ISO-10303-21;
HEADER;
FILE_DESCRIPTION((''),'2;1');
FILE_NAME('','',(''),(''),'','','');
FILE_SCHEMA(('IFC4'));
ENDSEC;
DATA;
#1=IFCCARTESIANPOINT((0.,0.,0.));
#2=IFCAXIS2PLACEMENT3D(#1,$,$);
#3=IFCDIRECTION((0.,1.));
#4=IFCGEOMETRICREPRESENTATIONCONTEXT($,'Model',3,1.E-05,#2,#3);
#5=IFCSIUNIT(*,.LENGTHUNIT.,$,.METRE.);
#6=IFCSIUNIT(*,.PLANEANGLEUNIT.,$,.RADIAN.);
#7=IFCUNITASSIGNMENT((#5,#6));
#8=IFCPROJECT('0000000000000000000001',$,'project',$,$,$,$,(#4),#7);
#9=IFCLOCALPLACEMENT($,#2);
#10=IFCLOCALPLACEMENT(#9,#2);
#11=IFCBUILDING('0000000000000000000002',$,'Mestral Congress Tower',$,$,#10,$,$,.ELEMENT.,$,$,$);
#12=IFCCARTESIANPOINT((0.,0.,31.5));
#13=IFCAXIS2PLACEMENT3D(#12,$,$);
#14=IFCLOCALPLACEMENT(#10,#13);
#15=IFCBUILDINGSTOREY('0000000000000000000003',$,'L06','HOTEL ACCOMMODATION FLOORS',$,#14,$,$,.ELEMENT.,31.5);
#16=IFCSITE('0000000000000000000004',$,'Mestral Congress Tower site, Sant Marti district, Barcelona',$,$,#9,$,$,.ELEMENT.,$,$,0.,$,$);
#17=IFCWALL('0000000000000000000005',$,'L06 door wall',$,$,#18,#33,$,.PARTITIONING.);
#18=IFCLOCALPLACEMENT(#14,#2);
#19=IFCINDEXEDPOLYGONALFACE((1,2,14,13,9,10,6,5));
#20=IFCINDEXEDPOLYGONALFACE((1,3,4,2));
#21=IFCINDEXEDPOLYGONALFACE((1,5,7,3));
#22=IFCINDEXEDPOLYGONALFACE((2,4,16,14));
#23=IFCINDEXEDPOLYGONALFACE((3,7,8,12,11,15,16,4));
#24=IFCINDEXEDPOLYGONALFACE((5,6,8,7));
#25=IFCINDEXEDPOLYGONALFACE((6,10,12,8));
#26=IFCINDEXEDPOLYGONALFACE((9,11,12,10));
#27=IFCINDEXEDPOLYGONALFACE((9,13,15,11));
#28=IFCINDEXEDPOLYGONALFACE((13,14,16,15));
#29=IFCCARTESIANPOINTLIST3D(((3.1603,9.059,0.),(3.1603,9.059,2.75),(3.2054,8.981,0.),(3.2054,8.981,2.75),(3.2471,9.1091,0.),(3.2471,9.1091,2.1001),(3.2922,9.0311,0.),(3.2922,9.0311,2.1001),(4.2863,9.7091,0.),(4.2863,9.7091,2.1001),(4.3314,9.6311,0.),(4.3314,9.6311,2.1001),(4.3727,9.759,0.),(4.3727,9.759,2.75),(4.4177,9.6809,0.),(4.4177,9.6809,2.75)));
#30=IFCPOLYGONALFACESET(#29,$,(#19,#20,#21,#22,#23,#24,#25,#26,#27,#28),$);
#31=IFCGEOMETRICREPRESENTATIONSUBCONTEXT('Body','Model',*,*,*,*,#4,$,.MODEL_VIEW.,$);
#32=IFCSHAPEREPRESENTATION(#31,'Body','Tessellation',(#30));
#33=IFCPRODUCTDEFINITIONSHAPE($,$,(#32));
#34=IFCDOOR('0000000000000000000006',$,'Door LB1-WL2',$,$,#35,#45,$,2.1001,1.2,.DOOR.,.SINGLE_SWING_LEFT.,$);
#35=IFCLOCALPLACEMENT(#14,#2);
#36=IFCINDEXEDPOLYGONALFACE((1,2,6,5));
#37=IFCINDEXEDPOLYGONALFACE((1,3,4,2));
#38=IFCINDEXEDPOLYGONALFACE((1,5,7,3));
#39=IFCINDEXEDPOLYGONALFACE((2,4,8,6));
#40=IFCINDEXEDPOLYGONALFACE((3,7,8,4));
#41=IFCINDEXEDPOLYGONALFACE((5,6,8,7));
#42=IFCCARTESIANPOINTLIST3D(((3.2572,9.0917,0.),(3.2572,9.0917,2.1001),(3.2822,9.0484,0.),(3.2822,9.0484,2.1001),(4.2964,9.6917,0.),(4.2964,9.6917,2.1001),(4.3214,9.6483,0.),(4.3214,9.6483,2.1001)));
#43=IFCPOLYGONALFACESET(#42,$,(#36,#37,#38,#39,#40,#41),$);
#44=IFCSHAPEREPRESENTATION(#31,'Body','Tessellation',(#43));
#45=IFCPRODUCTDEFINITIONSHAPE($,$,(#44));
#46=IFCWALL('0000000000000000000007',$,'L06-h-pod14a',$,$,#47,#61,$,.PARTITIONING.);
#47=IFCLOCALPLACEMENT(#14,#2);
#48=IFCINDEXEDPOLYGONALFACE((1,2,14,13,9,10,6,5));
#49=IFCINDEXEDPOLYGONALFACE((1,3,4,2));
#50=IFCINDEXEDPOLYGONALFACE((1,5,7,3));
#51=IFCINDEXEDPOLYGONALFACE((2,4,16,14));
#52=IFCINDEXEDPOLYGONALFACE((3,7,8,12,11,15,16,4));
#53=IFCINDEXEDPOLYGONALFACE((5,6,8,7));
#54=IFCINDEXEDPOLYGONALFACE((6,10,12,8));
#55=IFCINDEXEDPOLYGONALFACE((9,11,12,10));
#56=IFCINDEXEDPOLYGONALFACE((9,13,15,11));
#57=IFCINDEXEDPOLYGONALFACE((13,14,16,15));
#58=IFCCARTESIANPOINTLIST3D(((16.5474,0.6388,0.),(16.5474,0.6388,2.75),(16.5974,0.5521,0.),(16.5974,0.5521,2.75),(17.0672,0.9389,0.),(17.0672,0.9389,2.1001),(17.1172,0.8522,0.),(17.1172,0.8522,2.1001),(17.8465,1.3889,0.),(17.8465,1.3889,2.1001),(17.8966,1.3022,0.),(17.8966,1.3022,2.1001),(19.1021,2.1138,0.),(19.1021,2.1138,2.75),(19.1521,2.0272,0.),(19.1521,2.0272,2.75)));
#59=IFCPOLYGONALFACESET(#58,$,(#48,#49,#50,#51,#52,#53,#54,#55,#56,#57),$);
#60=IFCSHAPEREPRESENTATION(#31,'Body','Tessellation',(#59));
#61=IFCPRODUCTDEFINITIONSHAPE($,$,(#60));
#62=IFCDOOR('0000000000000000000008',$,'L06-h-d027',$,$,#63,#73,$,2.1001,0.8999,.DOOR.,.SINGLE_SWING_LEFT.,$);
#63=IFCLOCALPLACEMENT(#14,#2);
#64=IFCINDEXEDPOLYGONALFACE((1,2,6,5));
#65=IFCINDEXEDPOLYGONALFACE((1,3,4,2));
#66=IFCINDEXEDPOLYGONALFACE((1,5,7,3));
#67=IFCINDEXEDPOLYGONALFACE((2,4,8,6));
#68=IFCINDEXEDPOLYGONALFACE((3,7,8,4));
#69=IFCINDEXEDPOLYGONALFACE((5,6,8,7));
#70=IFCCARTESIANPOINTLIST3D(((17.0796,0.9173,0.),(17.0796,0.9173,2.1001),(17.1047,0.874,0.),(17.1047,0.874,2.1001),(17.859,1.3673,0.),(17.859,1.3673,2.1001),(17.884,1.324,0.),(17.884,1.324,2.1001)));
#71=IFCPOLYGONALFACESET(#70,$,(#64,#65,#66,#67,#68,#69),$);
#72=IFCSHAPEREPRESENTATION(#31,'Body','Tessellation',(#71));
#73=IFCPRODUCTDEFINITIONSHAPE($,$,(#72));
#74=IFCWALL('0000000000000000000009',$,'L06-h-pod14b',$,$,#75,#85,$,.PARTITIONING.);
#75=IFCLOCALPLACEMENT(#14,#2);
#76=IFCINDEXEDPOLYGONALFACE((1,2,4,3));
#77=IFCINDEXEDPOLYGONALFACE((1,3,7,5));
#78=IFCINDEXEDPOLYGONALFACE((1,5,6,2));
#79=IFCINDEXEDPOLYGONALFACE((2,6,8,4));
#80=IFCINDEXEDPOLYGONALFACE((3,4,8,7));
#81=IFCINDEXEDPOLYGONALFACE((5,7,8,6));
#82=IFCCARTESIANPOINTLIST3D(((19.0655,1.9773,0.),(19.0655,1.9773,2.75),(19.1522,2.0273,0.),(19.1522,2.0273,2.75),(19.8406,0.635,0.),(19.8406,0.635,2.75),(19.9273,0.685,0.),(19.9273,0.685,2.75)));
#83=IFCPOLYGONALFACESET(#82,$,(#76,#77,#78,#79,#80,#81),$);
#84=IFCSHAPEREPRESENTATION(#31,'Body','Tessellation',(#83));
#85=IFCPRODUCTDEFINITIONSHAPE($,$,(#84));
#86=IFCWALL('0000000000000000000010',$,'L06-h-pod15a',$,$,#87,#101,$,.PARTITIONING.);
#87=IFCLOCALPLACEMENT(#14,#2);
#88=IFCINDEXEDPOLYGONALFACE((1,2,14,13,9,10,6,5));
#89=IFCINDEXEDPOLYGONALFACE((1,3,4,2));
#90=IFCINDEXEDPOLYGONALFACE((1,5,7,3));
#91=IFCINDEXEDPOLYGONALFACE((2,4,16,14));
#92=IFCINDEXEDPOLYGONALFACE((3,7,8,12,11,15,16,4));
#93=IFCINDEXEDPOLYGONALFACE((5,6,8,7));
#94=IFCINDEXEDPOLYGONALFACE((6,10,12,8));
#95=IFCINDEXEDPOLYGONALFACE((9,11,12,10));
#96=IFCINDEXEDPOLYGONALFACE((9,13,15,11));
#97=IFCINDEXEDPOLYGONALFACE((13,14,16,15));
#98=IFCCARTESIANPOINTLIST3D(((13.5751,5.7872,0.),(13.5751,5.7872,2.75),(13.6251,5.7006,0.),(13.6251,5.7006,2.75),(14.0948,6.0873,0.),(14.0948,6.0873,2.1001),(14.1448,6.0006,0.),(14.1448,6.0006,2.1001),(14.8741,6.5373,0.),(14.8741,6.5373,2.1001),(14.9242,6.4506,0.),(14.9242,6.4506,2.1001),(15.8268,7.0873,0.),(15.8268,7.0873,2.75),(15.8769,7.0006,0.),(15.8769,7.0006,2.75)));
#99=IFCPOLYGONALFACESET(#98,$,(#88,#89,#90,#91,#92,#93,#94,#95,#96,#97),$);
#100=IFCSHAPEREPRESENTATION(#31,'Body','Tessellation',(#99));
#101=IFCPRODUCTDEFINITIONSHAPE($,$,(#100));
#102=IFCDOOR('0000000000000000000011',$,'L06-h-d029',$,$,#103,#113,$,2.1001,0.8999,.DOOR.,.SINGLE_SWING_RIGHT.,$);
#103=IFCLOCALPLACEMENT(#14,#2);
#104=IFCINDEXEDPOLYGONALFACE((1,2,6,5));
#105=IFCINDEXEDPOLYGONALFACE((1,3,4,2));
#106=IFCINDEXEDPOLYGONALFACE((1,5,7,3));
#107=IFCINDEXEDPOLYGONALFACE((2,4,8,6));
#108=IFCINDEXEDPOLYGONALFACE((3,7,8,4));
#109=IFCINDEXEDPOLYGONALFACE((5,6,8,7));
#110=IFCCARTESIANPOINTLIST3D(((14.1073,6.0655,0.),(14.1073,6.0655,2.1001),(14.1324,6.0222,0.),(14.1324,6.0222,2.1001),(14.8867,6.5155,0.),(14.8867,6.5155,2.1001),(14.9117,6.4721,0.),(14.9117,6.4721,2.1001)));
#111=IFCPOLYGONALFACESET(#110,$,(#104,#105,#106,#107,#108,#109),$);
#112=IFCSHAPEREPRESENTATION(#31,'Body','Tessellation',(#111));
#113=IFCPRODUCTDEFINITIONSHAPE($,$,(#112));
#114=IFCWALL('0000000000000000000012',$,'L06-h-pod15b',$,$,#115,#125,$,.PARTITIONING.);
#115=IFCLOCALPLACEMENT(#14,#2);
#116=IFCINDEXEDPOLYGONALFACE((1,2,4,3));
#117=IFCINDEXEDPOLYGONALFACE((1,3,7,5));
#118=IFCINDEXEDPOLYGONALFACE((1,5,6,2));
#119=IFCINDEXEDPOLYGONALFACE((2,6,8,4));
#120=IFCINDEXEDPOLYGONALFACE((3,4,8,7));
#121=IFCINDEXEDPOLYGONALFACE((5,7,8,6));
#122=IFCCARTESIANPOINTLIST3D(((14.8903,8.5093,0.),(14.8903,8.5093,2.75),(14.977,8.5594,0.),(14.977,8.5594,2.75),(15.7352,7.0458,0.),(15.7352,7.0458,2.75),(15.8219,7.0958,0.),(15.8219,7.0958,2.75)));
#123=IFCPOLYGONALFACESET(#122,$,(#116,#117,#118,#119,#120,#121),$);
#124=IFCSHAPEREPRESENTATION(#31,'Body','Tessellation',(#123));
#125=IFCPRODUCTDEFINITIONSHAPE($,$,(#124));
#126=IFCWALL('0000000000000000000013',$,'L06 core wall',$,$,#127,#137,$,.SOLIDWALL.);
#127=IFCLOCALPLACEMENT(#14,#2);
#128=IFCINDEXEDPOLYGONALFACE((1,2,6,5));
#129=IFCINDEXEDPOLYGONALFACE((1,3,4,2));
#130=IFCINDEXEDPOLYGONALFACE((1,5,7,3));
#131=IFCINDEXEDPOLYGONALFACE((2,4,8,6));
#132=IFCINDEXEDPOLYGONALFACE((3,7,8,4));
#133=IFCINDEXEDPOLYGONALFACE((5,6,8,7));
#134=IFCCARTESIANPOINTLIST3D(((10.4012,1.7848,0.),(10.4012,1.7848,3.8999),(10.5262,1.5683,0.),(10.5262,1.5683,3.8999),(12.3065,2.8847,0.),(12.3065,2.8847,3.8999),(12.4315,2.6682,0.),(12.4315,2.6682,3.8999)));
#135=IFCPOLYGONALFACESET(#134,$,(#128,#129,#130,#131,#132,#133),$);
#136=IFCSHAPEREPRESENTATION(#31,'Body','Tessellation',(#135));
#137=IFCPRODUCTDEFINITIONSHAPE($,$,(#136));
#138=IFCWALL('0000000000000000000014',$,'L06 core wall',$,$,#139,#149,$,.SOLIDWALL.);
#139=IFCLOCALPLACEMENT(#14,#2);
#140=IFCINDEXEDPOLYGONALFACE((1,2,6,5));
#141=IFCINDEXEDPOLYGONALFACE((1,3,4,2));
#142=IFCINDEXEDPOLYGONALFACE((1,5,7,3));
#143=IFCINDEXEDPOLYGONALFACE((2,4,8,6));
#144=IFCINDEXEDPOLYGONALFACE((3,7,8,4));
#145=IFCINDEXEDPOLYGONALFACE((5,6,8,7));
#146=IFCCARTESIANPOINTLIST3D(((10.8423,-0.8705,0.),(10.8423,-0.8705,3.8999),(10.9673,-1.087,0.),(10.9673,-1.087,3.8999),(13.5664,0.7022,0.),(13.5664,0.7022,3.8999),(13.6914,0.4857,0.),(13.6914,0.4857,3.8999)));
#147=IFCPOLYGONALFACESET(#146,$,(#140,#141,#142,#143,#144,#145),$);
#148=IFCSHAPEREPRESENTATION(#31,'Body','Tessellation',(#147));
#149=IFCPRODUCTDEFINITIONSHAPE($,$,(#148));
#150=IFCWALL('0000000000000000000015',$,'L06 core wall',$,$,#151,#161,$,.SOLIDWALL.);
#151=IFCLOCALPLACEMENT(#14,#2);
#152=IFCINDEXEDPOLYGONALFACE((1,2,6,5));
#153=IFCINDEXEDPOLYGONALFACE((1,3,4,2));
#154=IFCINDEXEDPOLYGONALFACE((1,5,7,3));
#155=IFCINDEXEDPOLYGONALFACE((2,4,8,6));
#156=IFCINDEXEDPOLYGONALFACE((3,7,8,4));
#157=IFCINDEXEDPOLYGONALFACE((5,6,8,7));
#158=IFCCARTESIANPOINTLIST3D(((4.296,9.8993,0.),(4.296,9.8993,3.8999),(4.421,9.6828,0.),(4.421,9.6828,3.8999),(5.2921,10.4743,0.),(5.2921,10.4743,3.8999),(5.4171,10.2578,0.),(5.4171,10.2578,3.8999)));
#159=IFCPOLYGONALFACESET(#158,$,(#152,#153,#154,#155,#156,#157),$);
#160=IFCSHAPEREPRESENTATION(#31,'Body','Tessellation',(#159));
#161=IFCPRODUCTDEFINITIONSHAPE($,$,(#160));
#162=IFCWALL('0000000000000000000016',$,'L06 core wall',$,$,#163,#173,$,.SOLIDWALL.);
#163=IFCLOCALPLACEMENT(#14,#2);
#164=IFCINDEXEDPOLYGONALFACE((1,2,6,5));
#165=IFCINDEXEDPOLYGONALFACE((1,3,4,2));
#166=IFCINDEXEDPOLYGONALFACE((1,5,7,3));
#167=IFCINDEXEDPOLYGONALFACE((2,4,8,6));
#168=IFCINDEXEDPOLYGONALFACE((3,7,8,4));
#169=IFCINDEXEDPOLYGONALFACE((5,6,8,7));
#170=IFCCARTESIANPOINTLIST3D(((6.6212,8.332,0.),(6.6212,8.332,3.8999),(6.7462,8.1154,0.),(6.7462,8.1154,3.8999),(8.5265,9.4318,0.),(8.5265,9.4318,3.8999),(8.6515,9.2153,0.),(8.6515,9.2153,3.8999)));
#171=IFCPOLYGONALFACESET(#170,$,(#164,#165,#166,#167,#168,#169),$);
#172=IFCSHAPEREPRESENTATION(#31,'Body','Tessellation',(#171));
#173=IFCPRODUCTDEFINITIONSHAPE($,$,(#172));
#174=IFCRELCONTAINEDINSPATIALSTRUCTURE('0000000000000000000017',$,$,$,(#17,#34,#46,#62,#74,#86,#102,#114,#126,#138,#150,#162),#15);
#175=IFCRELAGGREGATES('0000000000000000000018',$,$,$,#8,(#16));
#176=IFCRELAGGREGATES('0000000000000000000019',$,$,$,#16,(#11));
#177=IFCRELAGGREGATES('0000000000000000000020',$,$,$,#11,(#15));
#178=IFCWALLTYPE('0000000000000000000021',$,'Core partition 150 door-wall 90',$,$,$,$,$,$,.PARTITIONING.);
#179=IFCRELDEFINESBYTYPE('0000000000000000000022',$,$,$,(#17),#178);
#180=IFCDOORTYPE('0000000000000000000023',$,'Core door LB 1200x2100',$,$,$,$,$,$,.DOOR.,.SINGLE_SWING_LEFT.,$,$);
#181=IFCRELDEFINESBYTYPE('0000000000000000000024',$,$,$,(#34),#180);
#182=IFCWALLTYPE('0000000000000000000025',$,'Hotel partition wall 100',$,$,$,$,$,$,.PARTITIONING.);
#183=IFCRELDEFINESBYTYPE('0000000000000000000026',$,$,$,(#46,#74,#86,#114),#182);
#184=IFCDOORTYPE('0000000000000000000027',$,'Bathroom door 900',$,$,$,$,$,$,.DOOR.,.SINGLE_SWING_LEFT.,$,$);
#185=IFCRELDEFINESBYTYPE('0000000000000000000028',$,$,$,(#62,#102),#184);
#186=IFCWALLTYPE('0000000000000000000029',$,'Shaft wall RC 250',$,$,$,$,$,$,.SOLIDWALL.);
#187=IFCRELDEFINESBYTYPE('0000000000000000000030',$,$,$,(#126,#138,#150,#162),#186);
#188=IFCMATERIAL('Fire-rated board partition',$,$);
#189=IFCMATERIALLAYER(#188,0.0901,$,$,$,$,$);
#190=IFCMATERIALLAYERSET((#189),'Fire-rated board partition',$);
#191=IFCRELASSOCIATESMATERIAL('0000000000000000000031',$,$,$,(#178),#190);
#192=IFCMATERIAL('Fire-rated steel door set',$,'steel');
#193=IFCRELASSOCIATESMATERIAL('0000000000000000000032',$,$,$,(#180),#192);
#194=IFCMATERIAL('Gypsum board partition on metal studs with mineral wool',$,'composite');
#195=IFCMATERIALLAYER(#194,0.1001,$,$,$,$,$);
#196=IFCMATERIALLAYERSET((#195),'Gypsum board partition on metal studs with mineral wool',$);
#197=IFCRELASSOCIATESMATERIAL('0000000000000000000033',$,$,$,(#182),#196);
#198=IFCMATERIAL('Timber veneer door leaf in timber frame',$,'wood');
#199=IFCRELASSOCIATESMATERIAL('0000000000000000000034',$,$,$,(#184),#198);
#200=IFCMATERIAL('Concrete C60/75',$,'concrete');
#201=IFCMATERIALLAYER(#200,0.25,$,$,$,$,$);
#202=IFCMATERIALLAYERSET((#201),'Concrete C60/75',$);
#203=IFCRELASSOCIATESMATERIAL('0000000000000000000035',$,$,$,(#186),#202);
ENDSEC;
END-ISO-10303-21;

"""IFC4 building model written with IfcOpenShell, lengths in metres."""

from ifc_helpers import new_model, si_unit, direction, frame, frame_2d, origin, place, context, subcontext, project, spatial, rectangle, extrude, material, layer, layer_set, type_object, element, fill, save


model = new_model("IFC4")

# Units and contexts
model_context = context("Model", 3, precision=1e-05, world=origin(), true_north=direction((0.0, 1.0)))
body_context = subcontext(model_context, "Body", "Model", "MODEL_VIEW")
ifc_project = project(units=[si_unit("LENGTHUNIT", "METRE"), si_unit("PLANEANGLEUNIT", "RADIAN")], contexts=[model_context])

# Site, building, storey
site_placement = place(None, origin())
site = spatial("IfcSite", under=ifc_project, at=site_placement, Name="Mestral Congress Tower site, Sant Marti district, Barcelona", CompositionType="ELEMENT", RefElevation=0.0)
building_placement = place(site_placement, origin())
building = spatial("IfcBuilding", under=site, at=building_placement, Name="Mestral Congress Tower", CompositionType="ELEMENT")
storey_placement = place(building_placement, frame((0.0, 0.0, 31.5)))
storey = spatial("IfcBuildingStorey", under=building, at=storey_placement, Name="L06", Description="HOTEL ACCOMMODATION FLOORS", CompositionType="ELEMENT", Elevation=31.5)

# Walls, openings, doors
ifc_material_1 = material(Name="Fire-rated board partition")
ifc_layer_1 = layer(ifc_material_1, 0.0901)
ifc_layer_set_1 = layer_set([ifc_layer_1], Name="Fire-rated board partition")
wall_type_1 = type_object("IfcWallType", Name="Core partition 150 door-wall 90", PredefinedType="PARTITIONING", material=ifc_layer_set_1)
wall_1_placement = place(storey_placement, frame((3.1829, 9.02, 0.0), z_axis=(0.0, 0.0, 1.0), x_axis=(0.866035, 0.499984, 0.0)))
wall_1 = element("IfcWall", 1, at=wall_1_placement, inside=storey, type_object=wall_type_1, Name="L06 door wall", PredefinedType="PARTITIONING", context=body_context, shape_type="SweptSolid", body=[
    extrude(rectangle(XDim=1.3999, YDim=0.0901, at=frame_2d((0.7, 0.0))), origin(), (0.0, 0.0, 1.0), 2.75),
])
opening_1_placement = place(wall_1_placement, frame((0.1001, 0.0, 0.0)))
opening_1 = element("IfcOpeningElement", 2, at=opening_1_placement, cuts=wall_1, PredefinedType="OPENING", context=body_context, shape_type="SweptSolid", body=[
    extrude(rectangle(XDim=1.2, YDim=2.1001, at=frame_2d((0.6001, 1.05))), frame((0.0, 0.0549, 0.0), z_axis=(0.0, -1.0, 0.0), x_axis=(1.0, 0.0, 0.0)), (0.0, 0.0, 1.0), 0.1101),
])
ifc_material_2 = material(Name="Fire-rated steel door set", Category="steel")
door_type_1 = type_object("IfcDoorType", Name="Core door LB 1200x2100", OperationType="SINGLE_SWING_LEFT", PredefinedType="DOOR", material=ifc_material_2)
door_1_placement = place(opening_1_placement, origin())
door_1 = element("IfcDoor", 3, at=door_1_placement, inside=storey, type_object=door_type_1, Name="Door LB1-WL2", OperationType="SINGLE_SWING_LEFT", OverallHeight=2.1001, OverallWidth=1.2, PredefinedType="DOOR", context=body_context, shape_type="SweptSolid", body=[
    extrude(rectangle(XDim=1.2, YDim=2.1001, at=frame_2d((0.6001, 1.05))), frame((0.0, 0.0249, 0.0), z_axis=(0.0, -1.0, 0.0), x_axis=(1.0, 0.0, 0.0)), (0.0, 0.0, 1.0), 0.05),
])
fill(opening_1, door_1)
ifc_material_3 = material(Name="Gypsum board partition on metal studs with mineral wool", Category="composite")
ifc_layer_2 = layer(ifc_material_3, 0.1001)
ifc_layer_set_2 = layer_set([ifc_layer_2], Name="Gypsum board partition on metal studs with mineral wool")
wall_type_2 = type_object("IfcWallType", Name="Hotel partition wall 100", PredefinedType="PARTITIONING", material=ifc_layer_set_2)
wall_2_placement = place(storey_placement, frame((19.1272, 2.0706, 0.0), z_axis=(0.0, 0.0, 1.0), x_axis=(-0.866004, -0.500038, 0.0)))
wall_2 = element("IfcWall", 4, at=wall_2_placement, inside=storey, type_object=wall_type_2, Name="L06-h-pod14a", PredefinedType="PARTITIONING", context=body_context, shape_type="SweptSolid", body=[
    extrude(rectangle(XDim=2.95, YDim=0.1001, at=frame_2d((1.4751, 0.0))), origin(), (0.0, 0.0, 1.0), 2.75),
])
opening_2_placement = place(wall_2_placement, frame((1.45, 0.0, 0.0)))
opening_2 = element("IfcOpeningElement", 5, at=opening_2_placement, cuts=wall_2, PredefinedType="OPENING", context=body_context, shape_type="SweptSolid", body=[
    extrude(rectangle(XDim=0.8999, YDim=2.1001, at=frame_2d((0.45, 1.05))), frame((0.0, 0.0601, 0.0), z_axis=(0.0, -1.0, 0.0), x_axis=(1.0, 0.0, 0.0)), (0.0, 0.0, 1.0), 0.1201),
])
ifc_material_4 = material(Name="Timber veneer door leaf in timber frame", Category="wood")
door_type_2 = type_object("IfcDoorType", Name="Bathroom door 900", OperationType="SINGLE_SWING_LEFT", PredefinedType="DOOR", material=ifc_material_4)
door_2_placement = place(opening_2_placement, origin())
door_2 = element("IfcDoor", 6, at=door_2_placement, inside=storey, type_object=door_type_2, Name="L06-h-d027", OperationType="SINGLE_SWING_LEFT", OverallHeight=2.1001, OverallWidth=0.8999, PredefinedType="DOOR", context=body_context, shape_type="SweptSolid", body=[
    extrude(rectangle(XDim=0.8999, YDim=2.1001, at=frame_2d((0.45, 1.05))), frame((0.0, 0.0249, 0.0), z_axis=(0.0, -1.0, 0.0), x_axis=(1.0, 0.0, 0.0)), (0.0, 0.0, 1.0), 0.05),
])
fill(opening_2, door_2)

# Wall
wall_3_placement = place(storey_placement, frame((19.1089, 2.0022, 0.0), z_axis=(0.0, 0.0, 1.0), x_axis=(0.500086, -0.865976, 0.0)))
element("IfcWall", 7, at=wall_3_placement, inside=storey, type_object=wall_type_2, Name="L06-h-pod14b", PredefinedType="PARTITIONING", context=body_context, shape_type="SweptSolid", body=[
    extrude(rectangle(XDim=1.55, YDim=0.1001, at=frame_2d((0.7749, 0.0))), origin(), (0.0, 0.0, 1.0), 2.75),
])

# Wall, opening, door
wall_4_placement = place(storey_placement, frame((13.6001, 5.7439, 0.0), z_axis=(0.0, 0.0, 1.0), x_axis=(0.866021, 0.500007, 0.0)))
wall_4 = element("IfcWall", 8, at=wall_4_placement, inside=storey, type_object=wall_type_2, Name="L06-h-pod15a", PredefinedType="PARTITIONING", context=body_context, shape_type="SweptSolid", body=[
    extrude(rectangle(XDim=2.6001, YDim=0.1001, at=frame_2d((1.3, 0.0))), origin(), (0.0, 0.0, 1.0), 2.75),
])
opening_3_placement = place(wall_4_placement, frame((0.6001, 0.0, 0.0)))
opening_3 = element("IfcOpeningElement", 9, at=opening_3_placement, cuts=wall_4, PredefinedType="OPENING", context=body_context, shape_type="SweptSolid", body=[
    extrude(rectangle(XDim=0.8999, YDim=2.1001, at=frame_2d((0.45, 1.05))), frame((0.0, 0.0601, 0.0), z_axis=(0.0, -1.0, 0.0), x_axis=(1.0, 0.0, 0.0)), (0.0, 0.0, 1.0), 0.1201),
])
door_3_placement = place(opening_3_placement, origin())
door_3 = element("IfcDoor", 10, at=door_3_placement, inside=storey, type_object=door_type_2, Name="L06-h-d029", OperationType="SINGLE_SWING_RIGHT", OverallHeight=2.1001, OverallWidth=0.8999, PredefinedType="DOOR", context=body_context, shape_type="SweptSolid", body=[
    extrude(rectangle(XDim=0.8999, YDim=2.1001, at=frame_2d((0.45, 1.05))), frame((0.0, 0.0249, 0.0), z_axis=(0.0, -1.0, 0.0), x_axis=(1.0, 0.0, 0.0)), (0.0, 0.0, 1.0), 0.05),
])
fill(opening_3, door_3)

# Walls
wall_5_placement = place(storey_placement, frame((15.7786, 7.0708, 0.0), z_axis=(0.0, 0.0, 1.0), x_axis=(-0.499977, 0.866039, 0.0)))
element("IfcWall", 11, at=wall_5_placement, inside=storey, type_object=wall_type_2, Name="L06-h-pod15b", PredefinedType="PARTITIONING", context=body_context, shape_type="SweptSolid", body=[
    extrude(rectangle(XDim=1.6899, YDim=0.1001, at=frame_2d((0.845, 0.0))), origin(), (0.0, 0.0, 1.0), 2.75),
])
ifc_material_5 = material(Name="Concrete C60/75", Category="concrete")
ifc_layer_3 = layer(ifc_material_5, 0.25)
ifc_layer_set_3 = layer_set([ifc_layer_3], Name="Concrete C60/75")
wall_type_3 = type_object("IfcWallType", Name="Shaft wall RC 250", PredefinedType="SOLIDWALL", material=ifc_layer_set_3)
wall_6_placement = place(storey_placement, frame((10.4636, 1.6765, 0.0), z_axis=(0.0, 0.0, 1.0), x_axis=(0.866056, 0.499947, 0.0)))
element("IfcWall", 12, at=wall_6_placement, inside=storey, type_object=wall_type_3, Name="L06 core wall", PredefinedType="SOLIDWALL", context=body_context, shape_type="SweptSolid", body=[
    extrude(rectangle(XDim=2.2, YDim=0.25, at=frame_2d((1.1001, 0.0))), origin(), (0.0, 0.0, 1.0), 3.8999),
])
wall_7_placement = place(storey_placement, frame((13.6289, 0.594, 0.0), z_axis=(0.0, 0.0, 1.0), x_axis=(-0.866028, -0.499996, 0.0)))
element("IfcWall", 13, at=wall_7_placement, inside=storey, type_object=wall_type_3, Name="L06 core wall", PredefinedType="SOLIDWALL", context=body_context, shape_type="SweptSolid", body=[
    extrude(rectangle(XDim=3.1455, YDim=0.25, at=frame_2d((1.5728, 0.0))), origin(), (0.0, 0.0, 1.0), 3.8999),
])
wall_8_placement = place(storey_placement, frame((4.3584, 9.791, 0.0), z_axis=(0.0, 0.0, 1.0), x_axis=(0.86608, 0.499906, 0.0)))
element("IfcWall", 14, at=wall_8_placement, inside=storey, type_object=wall_type_3, Name="L06 core wall", PredefinedType="SOLIDWALL", context=body_context, shape_type="SweptSolid", body=[
    extrude(rectangle(XDim=1.1501, YDim=0.25, at=frame_2d((0.5752, 0.0))), origin(), (0.0, 0.0, 1.0), 3.8999),
])
for number, where, z_axis, x_axis, name in (
    (15, (6.6836, 8.2236, 0.0), (0.0, 0.0, 1.0), (0.866056, 0.499947, 0.0), "L06 core wall"),
):
    element("IfcWall", number, at=place(storey_placement, frame(where, z_axis=z_axis, x_axis=x_axis)), inside=storey, type_object=wall_type_3, Name=name, PredefinedType="SOLIDWALL", context=body_context, shape_type="SweptSolid", body=[
        extrude(rectangle(XDim=2.2, YDim=0.25, at=frame_2d((1.1001, 0.0))), origin(), (0.0, 0.0, 1.0), 3.8999),
    ])

save(model, "model.ifc")
